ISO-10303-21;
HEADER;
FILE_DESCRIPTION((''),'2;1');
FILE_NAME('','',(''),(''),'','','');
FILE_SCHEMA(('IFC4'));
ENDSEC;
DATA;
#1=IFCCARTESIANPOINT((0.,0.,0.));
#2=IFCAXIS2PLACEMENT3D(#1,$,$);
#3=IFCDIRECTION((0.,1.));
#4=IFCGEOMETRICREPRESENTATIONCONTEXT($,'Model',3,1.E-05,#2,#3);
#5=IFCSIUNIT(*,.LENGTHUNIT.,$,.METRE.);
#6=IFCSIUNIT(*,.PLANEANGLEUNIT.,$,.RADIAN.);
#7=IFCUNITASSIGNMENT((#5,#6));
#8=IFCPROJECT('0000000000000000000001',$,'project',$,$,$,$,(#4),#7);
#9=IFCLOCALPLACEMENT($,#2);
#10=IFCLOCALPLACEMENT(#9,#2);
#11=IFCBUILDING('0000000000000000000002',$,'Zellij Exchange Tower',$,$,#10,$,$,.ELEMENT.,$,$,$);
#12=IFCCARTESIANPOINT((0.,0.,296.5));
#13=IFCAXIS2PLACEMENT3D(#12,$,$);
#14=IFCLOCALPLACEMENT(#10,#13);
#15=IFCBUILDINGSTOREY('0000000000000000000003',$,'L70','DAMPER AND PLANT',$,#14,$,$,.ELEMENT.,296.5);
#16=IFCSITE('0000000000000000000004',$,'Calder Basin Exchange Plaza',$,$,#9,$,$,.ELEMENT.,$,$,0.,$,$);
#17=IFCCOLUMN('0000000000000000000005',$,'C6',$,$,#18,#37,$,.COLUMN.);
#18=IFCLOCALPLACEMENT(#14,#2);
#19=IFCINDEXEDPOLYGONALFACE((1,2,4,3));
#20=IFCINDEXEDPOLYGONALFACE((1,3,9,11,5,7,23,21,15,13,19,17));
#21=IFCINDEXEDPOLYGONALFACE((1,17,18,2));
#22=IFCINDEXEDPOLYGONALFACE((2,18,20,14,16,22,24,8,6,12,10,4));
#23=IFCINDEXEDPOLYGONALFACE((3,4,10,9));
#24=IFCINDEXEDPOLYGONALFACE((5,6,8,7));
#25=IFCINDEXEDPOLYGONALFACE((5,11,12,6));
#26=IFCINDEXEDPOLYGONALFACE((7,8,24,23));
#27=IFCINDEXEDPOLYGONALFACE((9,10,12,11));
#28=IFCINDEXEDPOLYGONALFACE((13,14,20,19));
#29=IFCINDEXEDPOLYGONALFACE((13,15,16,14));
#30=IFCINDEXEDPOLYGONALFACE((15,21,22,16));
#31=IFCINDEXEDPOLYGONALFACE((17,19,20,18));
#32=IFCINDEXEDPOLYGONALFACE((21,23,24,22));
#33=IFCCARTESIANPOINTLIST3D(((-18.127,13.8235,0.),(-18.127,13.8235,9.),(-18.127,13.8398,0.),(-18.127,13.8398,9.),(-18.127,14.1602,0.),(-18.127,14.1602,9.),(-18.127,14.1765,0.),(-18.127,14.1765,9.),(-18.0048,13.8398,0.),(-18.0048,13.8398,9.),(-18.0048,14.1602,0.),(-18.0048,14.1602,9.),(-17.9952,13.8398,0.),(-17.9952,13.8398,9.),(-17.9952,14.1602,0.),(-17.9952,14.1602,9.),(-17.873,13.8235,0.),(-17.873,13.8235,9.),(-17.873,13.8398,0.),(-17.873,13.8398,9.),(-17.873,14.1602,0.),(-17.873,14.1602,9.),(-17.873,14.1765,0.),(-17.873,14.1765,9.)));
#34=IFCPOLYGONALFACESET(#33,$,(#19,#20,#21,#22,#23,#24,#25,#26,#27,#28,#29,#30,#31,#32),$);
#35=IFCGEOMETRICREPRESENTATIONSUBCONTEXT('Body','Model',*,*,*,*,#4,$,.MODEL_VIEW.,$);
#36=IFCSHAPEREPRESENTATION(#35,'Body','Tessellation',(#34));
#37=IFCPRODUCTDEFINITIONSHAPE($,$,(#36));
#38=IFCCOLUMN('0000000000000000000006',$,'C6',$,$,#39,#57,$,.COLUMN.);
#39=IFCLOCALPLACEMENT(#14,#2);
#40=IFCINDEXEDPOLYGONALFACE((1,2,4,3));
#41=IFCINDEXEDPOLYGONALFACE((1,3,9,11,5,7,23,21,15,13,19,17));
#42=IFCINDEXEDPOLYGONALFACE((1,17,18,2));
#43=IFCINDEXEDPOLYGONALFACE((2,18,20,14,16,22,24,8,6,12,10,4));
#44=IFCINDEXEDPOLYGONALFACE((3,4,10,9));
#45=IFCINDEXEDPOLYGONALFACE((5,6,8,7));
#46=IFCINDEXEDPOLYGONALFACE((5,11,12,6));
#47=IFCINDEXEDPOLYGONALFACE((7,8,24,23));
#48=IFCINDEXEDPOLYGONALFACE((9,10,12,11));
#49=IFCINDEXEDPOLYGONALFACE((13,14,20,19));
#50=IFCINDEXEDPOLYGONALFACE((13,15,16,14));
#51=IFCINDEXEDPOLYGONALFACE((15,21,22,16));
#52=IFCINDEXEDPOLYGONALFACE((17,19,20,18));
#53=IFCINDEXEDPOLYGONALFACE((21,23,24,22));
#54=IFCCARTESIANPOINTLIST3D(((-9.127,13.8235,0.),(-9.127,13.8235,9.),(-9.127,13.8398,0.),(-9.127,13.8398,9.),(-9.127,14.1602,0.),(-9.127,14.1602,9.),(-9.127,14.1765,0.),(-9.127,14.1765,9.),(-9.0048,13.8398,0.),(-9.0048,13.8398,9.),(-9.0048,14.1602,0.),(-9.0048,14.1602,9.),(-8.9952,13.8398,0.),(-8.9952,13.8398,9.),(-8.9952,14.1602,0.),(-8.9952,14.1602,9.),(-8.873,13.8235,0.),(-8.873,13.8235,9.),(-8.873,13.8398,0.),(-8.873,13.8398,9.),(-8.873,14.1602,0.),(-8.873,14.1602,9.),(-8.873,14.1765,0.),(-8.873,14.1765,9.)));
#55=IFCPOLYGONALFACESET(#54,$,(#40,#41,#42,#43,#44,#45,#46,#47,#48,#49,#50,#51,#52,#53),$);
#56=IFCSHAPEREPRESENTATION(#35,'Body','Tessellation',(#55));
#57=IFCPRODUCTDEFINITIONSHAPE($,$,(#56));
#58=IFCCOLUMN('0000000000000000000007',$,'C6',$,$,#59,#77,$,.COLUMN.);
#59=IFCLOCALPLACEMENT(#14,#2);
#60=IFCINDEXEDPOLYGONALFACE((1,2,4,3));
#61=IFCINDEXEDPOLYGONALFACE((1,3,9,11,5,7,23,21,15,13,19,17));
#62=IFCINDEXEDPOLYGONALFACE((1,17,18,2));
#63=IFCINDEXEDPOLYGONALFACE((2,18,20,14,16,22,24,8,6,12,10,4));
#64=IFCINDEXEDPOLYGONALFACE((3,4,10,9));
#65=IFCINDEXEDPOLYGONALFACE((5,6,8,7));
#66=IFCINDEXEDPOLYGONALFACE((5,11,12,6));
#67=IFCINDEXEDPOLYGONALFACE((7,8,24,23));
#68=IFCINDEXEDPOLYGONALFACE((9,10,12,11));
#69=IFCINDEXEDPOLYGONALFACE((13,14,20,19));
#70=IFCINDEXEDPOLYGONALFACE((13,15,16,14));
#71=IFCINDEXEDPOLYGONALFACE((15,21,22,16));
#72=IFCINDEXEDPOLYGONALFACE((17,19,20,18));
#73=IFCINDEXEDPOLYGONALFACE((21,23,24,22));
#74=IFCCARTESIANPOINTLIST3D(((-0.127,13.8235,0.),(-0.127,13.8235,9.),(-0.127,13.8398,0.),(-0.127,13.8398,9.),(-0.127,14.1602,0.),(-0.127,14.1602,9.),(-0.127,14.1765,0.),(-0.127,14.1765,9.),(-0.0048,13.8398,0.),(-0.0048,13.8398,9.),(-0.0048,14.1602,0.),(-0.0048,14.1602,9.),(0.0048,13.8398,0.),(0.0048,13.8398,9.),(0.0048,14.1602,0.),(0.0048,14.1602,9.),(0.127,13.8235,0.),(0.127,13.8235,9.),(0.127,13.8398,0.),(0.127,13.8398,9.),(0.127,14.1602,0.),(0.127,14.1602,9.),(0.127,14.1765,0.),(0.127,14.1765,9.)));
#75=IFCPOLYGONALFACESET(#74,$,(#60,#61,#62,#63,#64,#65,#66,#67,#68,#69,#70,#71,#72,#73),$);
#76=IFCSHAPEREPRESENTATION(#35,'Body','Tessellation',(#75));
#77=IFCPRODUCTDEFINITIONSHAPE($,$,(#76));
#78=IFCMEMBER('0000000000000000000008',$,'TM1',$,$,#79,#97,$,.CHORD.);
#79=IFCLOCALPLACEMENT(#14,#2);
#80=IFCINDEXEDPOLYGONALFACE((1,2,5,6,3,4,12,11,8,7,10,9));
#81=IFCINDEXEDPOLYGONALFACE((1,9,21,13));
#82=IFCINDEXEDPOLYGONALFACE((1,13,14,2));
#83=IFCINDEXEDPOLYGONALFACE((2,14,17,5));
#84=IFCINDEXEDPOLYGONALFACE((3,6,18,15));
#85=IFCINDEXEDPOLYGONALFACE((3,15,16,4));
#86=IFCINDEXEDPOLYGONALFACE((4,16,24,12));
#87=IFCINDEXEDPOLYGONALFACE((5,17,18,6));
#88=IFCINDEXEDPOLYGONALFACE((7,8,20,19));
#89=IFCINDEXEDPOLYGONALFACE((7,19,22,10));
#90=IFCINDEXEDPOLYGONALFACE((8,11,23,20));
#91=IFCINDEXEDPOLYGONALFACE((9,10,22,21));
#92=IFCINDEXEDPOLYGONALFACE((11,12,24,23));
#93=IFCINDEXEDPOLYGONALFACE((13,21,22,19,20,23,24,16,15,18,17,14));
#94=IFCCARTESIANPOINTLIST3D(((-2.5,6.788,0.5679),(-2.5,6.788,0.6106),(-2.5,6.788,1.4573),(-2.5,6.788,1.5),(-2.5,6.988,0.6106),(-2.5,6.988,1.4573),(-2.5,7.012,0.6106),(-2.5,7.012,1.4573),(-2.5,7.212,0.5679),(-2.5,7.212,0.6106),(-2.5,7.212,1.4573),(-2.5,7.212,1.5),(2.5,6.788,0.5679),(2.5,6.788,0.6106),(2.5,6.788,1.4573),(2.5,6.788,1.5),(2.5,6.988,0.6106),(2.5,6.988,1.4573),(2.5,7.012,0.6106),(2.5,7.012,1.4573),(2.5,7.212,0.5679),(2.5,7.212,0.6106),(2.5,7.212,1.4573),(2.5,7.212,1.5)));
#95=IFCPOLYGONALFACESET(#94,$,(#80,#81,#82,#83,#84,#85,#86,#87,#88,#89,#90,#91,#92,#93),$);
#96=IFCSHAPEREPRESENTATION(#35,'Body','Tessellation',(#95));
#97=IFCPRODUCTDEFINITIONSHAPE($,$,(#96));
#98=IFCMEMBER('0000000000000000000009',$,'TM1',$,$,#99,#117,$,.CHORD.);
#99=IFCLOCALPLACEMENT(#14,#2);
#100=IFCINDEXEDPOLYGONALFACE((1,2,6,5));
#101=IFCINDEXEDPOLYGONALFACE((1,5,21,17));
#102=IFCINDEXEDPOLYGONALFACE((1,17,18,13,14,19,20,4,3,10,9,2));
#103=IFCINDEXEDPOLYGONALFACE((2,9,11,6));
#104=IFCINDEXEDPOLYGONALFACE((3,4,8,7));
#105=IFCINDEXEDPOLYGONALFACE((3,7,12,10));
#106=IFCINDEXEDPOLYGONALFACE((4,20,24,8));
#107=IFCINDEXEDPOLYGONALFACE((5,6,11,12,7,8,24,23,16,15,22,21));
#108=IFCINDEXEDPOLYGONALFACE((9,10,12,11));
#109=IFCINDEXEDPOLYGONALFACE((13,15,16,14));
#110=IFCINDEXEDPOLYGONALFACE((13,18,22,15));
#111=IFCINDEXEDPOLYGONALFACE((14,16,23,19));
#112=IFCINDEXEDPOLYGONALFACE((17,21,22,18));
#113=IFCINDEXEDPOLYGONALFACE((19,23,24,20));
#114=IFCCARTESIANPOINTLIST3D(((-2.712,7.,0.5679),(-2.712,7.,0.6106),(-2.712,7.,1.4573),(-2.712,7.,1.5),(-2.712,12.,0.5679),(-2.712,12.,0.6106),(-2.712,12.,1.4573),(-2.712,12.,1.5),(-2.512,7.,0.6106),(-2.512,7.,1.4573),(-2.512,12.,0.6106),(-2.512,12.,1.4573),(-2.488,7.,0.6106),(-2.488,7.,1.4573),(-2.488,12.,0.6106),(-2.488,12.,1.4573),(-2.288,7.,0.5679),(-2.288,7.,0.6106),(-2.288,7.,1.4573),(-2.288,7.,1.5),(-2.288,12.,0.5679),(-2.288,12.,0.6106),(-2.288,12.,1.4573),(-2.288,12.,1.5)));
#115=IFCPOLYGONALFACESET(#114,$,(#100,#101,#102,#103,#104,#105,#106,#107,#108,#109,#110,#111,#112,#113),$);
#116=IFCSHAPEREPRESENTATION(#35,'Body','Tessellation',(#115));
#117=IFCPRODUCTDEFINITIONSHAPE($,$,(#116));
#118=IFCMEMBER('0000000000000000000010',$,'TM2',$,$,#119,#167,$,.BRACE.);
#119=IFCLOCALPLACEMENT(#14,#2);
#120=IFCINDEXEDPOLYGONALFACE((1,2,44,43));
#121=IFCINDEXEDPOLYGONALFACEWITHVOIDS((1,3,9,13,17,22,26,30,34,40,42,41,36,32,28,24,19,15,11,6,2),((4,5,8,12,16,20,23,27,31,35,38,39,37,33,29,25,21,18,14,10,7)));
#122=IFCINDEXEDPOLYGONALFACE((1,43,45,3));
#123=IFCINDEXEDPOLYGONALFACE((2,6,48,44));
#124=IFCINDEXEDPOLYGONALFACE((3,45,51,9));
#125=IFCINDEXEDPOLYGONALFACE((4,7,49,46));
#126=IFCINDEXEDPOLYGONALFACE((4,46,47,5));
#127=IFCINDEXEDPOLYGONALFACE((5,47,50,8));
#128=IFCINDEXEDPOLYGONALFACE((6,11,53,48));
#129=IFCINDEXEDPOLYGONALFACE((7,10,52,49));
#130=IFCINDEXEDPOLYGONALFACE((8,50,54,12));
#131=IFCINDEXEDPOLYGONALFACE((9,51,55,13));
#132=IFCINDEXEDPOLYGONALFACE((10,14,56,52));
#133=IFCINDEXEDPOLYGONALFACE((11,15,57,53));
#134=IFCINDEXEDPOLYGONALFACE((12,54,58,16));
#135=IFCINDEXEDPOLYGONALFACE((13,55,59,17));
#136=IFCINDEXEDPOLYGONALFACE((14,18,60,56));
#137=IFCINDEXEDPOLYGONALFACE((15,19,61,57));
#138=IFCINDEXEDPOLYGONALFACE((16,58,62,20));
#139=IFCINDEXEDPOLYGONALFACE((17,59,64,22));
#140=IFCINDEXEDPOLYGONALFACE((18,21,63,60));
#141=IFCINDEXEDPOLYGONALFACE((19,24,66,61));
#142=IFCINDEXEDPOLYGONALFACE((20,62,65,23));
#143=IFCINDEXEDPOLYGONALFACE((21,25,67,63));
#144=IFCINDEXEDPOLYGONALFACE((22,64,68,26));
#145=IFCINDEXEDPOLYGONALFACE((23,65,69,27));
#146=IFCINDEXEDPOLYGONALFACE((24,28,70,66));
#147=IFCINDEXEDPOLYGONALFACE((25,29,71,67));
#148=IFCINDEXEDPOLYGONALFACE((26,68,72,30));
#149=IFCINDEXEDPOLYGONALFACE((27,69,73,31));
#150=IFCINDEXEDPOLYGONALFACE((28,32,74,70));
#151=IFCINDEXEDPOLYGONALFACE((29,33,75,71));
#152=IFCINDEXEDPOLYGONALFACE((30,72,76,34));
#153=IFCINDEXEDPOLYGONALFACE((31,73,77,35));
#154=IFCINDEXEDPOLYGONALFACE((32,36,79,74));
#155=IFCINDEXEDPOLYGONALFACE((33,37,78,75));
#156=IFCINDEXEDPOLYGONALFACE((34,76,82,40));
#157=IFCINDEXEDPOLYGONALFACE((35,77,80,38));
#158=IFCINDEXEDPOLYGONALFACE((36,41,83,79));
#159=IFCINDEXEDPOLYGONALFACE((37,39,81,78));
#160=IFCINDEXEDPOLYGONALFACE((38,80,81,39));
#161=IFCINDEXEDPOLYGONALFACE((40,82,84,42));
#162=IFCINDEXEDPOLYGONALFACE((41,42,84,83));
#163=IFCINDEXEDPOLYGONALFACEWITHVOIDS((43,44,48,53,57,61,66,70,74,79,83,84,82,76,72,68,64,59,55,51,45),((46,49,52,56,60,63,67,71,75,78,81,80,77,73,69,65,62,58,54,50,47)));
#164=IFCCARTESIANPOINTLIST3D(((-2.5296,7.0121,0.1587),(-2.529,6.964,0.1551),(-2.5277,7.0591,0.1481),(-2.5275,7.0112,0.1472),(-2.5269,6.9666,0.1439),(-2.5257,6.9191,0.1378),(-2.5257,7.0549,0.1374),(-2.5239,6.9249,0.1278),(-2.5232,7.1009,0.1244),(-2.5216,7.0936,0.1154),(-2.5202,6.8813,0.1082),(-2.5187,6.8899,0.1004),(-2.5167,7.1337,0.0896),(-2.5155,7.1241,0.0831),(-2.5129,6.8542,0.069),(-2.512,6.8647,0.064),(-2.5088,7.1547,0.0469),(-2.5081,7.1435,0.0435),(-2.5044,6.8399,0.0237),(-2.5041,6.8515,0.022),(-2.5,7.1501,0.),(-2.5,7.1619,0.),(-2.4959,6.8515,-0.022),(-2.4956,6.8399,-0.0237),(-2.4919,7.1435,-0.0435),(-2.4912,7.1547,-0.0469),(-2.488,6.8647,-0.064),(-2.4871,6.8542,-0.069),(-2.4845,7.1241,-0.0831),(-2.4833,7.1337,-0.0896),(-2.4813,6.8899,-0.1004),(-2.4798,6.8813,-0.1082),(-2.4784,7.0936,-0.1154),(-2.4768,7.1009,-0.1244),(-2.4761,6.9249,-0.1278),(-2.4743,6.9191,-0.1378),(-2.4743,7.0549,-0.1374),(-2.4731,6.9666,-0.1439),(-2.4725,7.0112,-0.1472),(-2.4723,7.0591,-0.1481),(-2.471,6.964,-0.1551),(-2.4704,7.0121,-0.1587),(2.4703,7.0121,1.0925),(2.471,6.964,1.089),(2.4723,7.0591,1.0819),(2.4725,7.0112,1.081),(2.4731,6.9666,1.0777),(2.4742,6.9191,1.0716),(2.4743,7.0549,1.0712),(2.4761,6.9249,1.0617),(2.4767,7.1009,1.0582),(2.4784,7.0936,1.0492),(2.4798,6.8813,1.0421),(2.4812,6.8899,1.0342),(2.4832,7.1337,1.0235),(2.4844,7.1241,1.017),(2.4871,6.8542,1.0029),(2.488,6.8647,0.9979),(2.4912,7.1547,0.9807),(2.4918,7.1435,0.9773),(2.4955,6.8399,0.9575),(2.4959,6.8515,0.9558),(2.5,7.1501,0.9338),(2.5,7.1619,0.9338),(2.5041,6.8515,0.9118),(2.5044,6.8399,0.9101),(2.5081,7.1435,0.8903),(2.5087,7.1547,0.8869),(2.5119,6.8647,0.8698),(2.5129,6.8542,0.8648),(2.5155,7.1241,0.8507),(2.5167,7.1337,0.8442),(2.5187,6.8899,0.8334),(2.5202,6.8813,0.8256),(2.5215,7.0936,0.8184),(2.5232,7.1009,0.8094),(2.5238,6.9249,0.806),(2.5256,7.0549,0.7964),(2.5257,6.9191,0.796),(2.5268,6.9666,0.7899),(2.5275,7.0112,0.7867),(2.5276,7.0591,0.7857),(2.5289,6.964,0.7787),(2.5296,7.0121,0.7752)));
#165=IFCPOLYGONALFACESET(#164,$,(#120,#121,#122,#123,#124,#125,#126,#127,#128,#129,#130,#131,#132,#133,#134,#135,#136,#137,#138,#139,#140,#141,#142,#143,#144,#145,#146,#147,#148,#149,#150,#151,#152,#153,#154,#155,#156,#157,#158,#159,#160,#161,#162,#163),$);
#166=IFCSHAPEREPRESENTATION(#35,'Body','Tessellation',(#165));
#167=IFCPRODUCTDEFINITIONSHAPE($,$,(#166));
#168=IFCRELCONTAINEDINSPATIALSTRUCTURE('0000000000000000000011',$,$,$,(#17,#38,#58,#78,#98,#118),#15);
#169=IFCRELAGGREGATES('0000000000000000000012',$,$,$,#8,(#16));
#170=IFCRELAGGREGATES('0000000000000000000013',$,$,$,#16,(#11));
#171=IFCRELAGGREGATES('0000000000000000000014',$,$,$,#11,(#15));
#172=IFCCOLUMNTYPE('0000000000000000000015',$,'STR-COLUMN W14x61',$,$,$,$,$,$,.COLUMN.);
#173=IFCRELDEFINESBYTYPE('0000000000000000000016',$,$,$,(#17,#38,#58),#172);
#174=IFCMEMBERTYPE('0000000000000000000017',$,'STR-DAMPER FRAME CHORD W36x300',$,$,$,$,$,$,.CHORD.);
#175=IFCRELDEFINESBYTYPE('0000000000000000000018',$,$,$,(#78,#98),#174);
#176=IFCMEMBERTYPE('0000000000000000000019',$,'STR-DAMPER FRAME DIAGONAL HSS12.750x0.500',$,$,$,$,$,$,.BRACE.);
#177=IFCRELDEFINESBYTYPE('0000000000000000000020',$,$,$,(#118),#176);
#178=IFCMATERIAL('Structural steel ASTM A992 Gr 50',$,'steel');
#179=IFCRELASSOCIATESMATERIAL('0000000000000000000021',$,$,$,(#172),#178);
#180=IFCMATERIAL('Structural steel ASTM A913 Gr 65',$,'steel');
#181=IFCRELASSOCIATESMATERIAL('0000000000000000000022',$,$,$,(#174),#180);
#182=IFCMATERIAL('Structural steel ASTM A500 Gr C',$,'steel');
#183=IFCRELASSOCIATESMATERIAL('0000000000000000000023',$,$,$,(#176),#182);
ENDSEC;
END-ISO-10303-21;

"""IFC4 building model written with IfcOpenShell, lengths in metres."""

from ifc_helpers import new_model, si_unit, direction, frame, origin, origin_2d, place, context, subcontext, project, spatial, hollow_circle, i_section, extrude, material, material_profile, profile_set, type_object, element, save


model = new_model("IFC4")

# Units and contexts
model_context = context("Model", 3, precision=1e-05, world=origin(), true_north=direction((0.0, 1.0)))
body_context = subcontext(model_context, "Body", "Model", "MODEL_VIEW")
ifc_project = project(units=[si_unit("LENGTHUNIT", "METRE"), si_unit("PLANEANGLEUNIT", "RADIAN")], contexts=[model_context])

# Site, building, storey
site_placement = place(None, origin())
site = spatial("IfcSite", under=ifc_project, at=site_placement, Name="Calder Basin Exchange Plaza", CompositionType="ELEMENT", RefElevation=0.0)
building_placement = place(site_placement, origin())
building = spatial("IfcBuilding", under=site, at=building_placement, Name="Zellij Exchange Tower", CompositionType="ELEMENT")
storey_placement = place(building_placement, frame((0.0, 0.0, 296.5)))
storey = spatial("IfcBuildingStorey", under=building, at=storey_placement, Name="L70", Description="DAMPER AND PLANT", CompositionType="ELEMENT", Elevation=296.5)

# Columns
ifc_material_1 = material(Name="Structural steel ASTM A992 Gr 50", Category="steel")
ifc_material_profile_1 = material_profile(ifc_material_1, i_section(OverallWidth=0.2539, OverallDepth=0.353, WebThickness=0.0095, FlangeThickness=0.0164, at=origin_2d()), Name="W14x61")
ifc_profile_set_1 = profile_set([ifc_material_profile_1], Name="Structural steel ASTM A992 Gr 50")
column_type = type_object("IfcColumnType", Name="STR-COLUMN W14x61", PredefinedType="COLUMN", material=ifc_profile_set_1)
for number, where, z_axis, x_axis, name in (
    (1, (-18.0, 14.0, 0.0), (0.0, 0.0, 1.0), (1.0, 0.0, 0.0), "C6"),
    (2, (-9.0, 14.0, 0.0), (0.0, 0.0, 1.0), (1.0, 0.0, 0.0), "C6"),
    (3, (0.0, 14.0, 0.0), (0.0, 0.0, 1.0), (1.0, 0.0, 0.0), "C6"),
):
    element("IfcColumn", number, at=place(storey_placement, frame(where, z_axis=z_axis, x_axis=x_axis)), inside=storey, type_object=column_type, Name=name, PredefinedType="COLUMN", context=body_context, shape_type="SweptSolid", body=[
        extrude(i_section(OverallWidth=0.2539, OverallDepth=0.353, WebThickness=0.0095, FlangeThickness=0.0164, at=origin_2d()), origin(), (0.0, 0.0, 1.0), 9.0),
    ])

# Members
ifc_material_2 = material(Name="Structural steel ASTM A913 Gr 65", Category="steel")
ifc_material_profile_2 = material_profile(ifc_material_2, i_section(OverallWidth=0.4241, OverallDepth=0.9321, WebThickness=0.0239, FlangeThickness=0.0427, at=origin_2d()), Name="W36x300")
ifc_profile_set_2 = profile_set([ifc_material_profile_2], Name="Structural steel ASTM A913 Gr 65")
member_type_1 = type_object("IfcMemberType", Name="STR-DAMPER FRAME CHORD W36x300", PredefinedType="CHORD", material=ifc_profile_set_2)
for number, where, z_axis, x_axis, name in (
    (4, (-2.5, 7.0, 1.0339), (1.0, 0.0, 0.0), (0.0, 1.0, 0.0), "TM1"),
    (5, (-2.5, 12.0, 1.0339), (0.0, -1.0, 0.0), (1.0, 0.0, 0.0), "TM1"),
):
    element("IfcMember", number, at=place(storey_placement, frame(where, z_axis=z_axis, x_axis=x_axis)), inside=storey, type_object=member_type_1, Name=name, PredefinedType="CHORD", context=body_context, shape_type="SweptSolid", body=[
        extrude(i_section(OverallWidth=0.4241, OverallDepth=0.9321, WebThickness=0.0239, FlangeThickness=0.0427, at=origin_2d()), origin(), (0.0, 0.0, 1.0), 5.0),
    ])
ifc_material_3 = material(Name="Structural steel ASTM A500 Gr C", Category="steel")
ifc_material_profile_3 = material_profile(ifc_material_3, hollow_circle(Radius=0.1619, WallThickness=0.0117, at=origin_2d()), Name="STR-DAMPER FRAME DIAGONAL HSS12.750x0.500")
ifc_profile_set_3 = profile_set([ifc_material_profile_3], Name="Structural steel ASTM A500 Gr C")
member_type_2 = type_object("IfcMemberType", Name="STR-DAMPER FRAME DIAGONAL HSS12.750x0.500", PredefinedType="BRACE", material=ifc_profile_set_3)
for number, where, z_axis, x_axis, name in (
    (6, (-2.5, 7.0, 0.0), (0.983002, 0.0, 0.183593), (0.0, 1.0, 0.0), "TM2"),
):
    element("IfcMember", number, at=place(storey_placement, frame(where, z_axis=z_axis, x_axis=x_axis)), inside=storey, type_object=member_type_2, Name=name, PredefinedType="BRACE", context=body_context, shape_type="SweptSolid", body=[
        extrude(hollow_circle(Radius=0.1619, WallThickness=0.0117, at=origin_2d()), origin(), (0.0, 0.0, 1.0), 5.0864),
    ])

save(model, "model.ifc")
